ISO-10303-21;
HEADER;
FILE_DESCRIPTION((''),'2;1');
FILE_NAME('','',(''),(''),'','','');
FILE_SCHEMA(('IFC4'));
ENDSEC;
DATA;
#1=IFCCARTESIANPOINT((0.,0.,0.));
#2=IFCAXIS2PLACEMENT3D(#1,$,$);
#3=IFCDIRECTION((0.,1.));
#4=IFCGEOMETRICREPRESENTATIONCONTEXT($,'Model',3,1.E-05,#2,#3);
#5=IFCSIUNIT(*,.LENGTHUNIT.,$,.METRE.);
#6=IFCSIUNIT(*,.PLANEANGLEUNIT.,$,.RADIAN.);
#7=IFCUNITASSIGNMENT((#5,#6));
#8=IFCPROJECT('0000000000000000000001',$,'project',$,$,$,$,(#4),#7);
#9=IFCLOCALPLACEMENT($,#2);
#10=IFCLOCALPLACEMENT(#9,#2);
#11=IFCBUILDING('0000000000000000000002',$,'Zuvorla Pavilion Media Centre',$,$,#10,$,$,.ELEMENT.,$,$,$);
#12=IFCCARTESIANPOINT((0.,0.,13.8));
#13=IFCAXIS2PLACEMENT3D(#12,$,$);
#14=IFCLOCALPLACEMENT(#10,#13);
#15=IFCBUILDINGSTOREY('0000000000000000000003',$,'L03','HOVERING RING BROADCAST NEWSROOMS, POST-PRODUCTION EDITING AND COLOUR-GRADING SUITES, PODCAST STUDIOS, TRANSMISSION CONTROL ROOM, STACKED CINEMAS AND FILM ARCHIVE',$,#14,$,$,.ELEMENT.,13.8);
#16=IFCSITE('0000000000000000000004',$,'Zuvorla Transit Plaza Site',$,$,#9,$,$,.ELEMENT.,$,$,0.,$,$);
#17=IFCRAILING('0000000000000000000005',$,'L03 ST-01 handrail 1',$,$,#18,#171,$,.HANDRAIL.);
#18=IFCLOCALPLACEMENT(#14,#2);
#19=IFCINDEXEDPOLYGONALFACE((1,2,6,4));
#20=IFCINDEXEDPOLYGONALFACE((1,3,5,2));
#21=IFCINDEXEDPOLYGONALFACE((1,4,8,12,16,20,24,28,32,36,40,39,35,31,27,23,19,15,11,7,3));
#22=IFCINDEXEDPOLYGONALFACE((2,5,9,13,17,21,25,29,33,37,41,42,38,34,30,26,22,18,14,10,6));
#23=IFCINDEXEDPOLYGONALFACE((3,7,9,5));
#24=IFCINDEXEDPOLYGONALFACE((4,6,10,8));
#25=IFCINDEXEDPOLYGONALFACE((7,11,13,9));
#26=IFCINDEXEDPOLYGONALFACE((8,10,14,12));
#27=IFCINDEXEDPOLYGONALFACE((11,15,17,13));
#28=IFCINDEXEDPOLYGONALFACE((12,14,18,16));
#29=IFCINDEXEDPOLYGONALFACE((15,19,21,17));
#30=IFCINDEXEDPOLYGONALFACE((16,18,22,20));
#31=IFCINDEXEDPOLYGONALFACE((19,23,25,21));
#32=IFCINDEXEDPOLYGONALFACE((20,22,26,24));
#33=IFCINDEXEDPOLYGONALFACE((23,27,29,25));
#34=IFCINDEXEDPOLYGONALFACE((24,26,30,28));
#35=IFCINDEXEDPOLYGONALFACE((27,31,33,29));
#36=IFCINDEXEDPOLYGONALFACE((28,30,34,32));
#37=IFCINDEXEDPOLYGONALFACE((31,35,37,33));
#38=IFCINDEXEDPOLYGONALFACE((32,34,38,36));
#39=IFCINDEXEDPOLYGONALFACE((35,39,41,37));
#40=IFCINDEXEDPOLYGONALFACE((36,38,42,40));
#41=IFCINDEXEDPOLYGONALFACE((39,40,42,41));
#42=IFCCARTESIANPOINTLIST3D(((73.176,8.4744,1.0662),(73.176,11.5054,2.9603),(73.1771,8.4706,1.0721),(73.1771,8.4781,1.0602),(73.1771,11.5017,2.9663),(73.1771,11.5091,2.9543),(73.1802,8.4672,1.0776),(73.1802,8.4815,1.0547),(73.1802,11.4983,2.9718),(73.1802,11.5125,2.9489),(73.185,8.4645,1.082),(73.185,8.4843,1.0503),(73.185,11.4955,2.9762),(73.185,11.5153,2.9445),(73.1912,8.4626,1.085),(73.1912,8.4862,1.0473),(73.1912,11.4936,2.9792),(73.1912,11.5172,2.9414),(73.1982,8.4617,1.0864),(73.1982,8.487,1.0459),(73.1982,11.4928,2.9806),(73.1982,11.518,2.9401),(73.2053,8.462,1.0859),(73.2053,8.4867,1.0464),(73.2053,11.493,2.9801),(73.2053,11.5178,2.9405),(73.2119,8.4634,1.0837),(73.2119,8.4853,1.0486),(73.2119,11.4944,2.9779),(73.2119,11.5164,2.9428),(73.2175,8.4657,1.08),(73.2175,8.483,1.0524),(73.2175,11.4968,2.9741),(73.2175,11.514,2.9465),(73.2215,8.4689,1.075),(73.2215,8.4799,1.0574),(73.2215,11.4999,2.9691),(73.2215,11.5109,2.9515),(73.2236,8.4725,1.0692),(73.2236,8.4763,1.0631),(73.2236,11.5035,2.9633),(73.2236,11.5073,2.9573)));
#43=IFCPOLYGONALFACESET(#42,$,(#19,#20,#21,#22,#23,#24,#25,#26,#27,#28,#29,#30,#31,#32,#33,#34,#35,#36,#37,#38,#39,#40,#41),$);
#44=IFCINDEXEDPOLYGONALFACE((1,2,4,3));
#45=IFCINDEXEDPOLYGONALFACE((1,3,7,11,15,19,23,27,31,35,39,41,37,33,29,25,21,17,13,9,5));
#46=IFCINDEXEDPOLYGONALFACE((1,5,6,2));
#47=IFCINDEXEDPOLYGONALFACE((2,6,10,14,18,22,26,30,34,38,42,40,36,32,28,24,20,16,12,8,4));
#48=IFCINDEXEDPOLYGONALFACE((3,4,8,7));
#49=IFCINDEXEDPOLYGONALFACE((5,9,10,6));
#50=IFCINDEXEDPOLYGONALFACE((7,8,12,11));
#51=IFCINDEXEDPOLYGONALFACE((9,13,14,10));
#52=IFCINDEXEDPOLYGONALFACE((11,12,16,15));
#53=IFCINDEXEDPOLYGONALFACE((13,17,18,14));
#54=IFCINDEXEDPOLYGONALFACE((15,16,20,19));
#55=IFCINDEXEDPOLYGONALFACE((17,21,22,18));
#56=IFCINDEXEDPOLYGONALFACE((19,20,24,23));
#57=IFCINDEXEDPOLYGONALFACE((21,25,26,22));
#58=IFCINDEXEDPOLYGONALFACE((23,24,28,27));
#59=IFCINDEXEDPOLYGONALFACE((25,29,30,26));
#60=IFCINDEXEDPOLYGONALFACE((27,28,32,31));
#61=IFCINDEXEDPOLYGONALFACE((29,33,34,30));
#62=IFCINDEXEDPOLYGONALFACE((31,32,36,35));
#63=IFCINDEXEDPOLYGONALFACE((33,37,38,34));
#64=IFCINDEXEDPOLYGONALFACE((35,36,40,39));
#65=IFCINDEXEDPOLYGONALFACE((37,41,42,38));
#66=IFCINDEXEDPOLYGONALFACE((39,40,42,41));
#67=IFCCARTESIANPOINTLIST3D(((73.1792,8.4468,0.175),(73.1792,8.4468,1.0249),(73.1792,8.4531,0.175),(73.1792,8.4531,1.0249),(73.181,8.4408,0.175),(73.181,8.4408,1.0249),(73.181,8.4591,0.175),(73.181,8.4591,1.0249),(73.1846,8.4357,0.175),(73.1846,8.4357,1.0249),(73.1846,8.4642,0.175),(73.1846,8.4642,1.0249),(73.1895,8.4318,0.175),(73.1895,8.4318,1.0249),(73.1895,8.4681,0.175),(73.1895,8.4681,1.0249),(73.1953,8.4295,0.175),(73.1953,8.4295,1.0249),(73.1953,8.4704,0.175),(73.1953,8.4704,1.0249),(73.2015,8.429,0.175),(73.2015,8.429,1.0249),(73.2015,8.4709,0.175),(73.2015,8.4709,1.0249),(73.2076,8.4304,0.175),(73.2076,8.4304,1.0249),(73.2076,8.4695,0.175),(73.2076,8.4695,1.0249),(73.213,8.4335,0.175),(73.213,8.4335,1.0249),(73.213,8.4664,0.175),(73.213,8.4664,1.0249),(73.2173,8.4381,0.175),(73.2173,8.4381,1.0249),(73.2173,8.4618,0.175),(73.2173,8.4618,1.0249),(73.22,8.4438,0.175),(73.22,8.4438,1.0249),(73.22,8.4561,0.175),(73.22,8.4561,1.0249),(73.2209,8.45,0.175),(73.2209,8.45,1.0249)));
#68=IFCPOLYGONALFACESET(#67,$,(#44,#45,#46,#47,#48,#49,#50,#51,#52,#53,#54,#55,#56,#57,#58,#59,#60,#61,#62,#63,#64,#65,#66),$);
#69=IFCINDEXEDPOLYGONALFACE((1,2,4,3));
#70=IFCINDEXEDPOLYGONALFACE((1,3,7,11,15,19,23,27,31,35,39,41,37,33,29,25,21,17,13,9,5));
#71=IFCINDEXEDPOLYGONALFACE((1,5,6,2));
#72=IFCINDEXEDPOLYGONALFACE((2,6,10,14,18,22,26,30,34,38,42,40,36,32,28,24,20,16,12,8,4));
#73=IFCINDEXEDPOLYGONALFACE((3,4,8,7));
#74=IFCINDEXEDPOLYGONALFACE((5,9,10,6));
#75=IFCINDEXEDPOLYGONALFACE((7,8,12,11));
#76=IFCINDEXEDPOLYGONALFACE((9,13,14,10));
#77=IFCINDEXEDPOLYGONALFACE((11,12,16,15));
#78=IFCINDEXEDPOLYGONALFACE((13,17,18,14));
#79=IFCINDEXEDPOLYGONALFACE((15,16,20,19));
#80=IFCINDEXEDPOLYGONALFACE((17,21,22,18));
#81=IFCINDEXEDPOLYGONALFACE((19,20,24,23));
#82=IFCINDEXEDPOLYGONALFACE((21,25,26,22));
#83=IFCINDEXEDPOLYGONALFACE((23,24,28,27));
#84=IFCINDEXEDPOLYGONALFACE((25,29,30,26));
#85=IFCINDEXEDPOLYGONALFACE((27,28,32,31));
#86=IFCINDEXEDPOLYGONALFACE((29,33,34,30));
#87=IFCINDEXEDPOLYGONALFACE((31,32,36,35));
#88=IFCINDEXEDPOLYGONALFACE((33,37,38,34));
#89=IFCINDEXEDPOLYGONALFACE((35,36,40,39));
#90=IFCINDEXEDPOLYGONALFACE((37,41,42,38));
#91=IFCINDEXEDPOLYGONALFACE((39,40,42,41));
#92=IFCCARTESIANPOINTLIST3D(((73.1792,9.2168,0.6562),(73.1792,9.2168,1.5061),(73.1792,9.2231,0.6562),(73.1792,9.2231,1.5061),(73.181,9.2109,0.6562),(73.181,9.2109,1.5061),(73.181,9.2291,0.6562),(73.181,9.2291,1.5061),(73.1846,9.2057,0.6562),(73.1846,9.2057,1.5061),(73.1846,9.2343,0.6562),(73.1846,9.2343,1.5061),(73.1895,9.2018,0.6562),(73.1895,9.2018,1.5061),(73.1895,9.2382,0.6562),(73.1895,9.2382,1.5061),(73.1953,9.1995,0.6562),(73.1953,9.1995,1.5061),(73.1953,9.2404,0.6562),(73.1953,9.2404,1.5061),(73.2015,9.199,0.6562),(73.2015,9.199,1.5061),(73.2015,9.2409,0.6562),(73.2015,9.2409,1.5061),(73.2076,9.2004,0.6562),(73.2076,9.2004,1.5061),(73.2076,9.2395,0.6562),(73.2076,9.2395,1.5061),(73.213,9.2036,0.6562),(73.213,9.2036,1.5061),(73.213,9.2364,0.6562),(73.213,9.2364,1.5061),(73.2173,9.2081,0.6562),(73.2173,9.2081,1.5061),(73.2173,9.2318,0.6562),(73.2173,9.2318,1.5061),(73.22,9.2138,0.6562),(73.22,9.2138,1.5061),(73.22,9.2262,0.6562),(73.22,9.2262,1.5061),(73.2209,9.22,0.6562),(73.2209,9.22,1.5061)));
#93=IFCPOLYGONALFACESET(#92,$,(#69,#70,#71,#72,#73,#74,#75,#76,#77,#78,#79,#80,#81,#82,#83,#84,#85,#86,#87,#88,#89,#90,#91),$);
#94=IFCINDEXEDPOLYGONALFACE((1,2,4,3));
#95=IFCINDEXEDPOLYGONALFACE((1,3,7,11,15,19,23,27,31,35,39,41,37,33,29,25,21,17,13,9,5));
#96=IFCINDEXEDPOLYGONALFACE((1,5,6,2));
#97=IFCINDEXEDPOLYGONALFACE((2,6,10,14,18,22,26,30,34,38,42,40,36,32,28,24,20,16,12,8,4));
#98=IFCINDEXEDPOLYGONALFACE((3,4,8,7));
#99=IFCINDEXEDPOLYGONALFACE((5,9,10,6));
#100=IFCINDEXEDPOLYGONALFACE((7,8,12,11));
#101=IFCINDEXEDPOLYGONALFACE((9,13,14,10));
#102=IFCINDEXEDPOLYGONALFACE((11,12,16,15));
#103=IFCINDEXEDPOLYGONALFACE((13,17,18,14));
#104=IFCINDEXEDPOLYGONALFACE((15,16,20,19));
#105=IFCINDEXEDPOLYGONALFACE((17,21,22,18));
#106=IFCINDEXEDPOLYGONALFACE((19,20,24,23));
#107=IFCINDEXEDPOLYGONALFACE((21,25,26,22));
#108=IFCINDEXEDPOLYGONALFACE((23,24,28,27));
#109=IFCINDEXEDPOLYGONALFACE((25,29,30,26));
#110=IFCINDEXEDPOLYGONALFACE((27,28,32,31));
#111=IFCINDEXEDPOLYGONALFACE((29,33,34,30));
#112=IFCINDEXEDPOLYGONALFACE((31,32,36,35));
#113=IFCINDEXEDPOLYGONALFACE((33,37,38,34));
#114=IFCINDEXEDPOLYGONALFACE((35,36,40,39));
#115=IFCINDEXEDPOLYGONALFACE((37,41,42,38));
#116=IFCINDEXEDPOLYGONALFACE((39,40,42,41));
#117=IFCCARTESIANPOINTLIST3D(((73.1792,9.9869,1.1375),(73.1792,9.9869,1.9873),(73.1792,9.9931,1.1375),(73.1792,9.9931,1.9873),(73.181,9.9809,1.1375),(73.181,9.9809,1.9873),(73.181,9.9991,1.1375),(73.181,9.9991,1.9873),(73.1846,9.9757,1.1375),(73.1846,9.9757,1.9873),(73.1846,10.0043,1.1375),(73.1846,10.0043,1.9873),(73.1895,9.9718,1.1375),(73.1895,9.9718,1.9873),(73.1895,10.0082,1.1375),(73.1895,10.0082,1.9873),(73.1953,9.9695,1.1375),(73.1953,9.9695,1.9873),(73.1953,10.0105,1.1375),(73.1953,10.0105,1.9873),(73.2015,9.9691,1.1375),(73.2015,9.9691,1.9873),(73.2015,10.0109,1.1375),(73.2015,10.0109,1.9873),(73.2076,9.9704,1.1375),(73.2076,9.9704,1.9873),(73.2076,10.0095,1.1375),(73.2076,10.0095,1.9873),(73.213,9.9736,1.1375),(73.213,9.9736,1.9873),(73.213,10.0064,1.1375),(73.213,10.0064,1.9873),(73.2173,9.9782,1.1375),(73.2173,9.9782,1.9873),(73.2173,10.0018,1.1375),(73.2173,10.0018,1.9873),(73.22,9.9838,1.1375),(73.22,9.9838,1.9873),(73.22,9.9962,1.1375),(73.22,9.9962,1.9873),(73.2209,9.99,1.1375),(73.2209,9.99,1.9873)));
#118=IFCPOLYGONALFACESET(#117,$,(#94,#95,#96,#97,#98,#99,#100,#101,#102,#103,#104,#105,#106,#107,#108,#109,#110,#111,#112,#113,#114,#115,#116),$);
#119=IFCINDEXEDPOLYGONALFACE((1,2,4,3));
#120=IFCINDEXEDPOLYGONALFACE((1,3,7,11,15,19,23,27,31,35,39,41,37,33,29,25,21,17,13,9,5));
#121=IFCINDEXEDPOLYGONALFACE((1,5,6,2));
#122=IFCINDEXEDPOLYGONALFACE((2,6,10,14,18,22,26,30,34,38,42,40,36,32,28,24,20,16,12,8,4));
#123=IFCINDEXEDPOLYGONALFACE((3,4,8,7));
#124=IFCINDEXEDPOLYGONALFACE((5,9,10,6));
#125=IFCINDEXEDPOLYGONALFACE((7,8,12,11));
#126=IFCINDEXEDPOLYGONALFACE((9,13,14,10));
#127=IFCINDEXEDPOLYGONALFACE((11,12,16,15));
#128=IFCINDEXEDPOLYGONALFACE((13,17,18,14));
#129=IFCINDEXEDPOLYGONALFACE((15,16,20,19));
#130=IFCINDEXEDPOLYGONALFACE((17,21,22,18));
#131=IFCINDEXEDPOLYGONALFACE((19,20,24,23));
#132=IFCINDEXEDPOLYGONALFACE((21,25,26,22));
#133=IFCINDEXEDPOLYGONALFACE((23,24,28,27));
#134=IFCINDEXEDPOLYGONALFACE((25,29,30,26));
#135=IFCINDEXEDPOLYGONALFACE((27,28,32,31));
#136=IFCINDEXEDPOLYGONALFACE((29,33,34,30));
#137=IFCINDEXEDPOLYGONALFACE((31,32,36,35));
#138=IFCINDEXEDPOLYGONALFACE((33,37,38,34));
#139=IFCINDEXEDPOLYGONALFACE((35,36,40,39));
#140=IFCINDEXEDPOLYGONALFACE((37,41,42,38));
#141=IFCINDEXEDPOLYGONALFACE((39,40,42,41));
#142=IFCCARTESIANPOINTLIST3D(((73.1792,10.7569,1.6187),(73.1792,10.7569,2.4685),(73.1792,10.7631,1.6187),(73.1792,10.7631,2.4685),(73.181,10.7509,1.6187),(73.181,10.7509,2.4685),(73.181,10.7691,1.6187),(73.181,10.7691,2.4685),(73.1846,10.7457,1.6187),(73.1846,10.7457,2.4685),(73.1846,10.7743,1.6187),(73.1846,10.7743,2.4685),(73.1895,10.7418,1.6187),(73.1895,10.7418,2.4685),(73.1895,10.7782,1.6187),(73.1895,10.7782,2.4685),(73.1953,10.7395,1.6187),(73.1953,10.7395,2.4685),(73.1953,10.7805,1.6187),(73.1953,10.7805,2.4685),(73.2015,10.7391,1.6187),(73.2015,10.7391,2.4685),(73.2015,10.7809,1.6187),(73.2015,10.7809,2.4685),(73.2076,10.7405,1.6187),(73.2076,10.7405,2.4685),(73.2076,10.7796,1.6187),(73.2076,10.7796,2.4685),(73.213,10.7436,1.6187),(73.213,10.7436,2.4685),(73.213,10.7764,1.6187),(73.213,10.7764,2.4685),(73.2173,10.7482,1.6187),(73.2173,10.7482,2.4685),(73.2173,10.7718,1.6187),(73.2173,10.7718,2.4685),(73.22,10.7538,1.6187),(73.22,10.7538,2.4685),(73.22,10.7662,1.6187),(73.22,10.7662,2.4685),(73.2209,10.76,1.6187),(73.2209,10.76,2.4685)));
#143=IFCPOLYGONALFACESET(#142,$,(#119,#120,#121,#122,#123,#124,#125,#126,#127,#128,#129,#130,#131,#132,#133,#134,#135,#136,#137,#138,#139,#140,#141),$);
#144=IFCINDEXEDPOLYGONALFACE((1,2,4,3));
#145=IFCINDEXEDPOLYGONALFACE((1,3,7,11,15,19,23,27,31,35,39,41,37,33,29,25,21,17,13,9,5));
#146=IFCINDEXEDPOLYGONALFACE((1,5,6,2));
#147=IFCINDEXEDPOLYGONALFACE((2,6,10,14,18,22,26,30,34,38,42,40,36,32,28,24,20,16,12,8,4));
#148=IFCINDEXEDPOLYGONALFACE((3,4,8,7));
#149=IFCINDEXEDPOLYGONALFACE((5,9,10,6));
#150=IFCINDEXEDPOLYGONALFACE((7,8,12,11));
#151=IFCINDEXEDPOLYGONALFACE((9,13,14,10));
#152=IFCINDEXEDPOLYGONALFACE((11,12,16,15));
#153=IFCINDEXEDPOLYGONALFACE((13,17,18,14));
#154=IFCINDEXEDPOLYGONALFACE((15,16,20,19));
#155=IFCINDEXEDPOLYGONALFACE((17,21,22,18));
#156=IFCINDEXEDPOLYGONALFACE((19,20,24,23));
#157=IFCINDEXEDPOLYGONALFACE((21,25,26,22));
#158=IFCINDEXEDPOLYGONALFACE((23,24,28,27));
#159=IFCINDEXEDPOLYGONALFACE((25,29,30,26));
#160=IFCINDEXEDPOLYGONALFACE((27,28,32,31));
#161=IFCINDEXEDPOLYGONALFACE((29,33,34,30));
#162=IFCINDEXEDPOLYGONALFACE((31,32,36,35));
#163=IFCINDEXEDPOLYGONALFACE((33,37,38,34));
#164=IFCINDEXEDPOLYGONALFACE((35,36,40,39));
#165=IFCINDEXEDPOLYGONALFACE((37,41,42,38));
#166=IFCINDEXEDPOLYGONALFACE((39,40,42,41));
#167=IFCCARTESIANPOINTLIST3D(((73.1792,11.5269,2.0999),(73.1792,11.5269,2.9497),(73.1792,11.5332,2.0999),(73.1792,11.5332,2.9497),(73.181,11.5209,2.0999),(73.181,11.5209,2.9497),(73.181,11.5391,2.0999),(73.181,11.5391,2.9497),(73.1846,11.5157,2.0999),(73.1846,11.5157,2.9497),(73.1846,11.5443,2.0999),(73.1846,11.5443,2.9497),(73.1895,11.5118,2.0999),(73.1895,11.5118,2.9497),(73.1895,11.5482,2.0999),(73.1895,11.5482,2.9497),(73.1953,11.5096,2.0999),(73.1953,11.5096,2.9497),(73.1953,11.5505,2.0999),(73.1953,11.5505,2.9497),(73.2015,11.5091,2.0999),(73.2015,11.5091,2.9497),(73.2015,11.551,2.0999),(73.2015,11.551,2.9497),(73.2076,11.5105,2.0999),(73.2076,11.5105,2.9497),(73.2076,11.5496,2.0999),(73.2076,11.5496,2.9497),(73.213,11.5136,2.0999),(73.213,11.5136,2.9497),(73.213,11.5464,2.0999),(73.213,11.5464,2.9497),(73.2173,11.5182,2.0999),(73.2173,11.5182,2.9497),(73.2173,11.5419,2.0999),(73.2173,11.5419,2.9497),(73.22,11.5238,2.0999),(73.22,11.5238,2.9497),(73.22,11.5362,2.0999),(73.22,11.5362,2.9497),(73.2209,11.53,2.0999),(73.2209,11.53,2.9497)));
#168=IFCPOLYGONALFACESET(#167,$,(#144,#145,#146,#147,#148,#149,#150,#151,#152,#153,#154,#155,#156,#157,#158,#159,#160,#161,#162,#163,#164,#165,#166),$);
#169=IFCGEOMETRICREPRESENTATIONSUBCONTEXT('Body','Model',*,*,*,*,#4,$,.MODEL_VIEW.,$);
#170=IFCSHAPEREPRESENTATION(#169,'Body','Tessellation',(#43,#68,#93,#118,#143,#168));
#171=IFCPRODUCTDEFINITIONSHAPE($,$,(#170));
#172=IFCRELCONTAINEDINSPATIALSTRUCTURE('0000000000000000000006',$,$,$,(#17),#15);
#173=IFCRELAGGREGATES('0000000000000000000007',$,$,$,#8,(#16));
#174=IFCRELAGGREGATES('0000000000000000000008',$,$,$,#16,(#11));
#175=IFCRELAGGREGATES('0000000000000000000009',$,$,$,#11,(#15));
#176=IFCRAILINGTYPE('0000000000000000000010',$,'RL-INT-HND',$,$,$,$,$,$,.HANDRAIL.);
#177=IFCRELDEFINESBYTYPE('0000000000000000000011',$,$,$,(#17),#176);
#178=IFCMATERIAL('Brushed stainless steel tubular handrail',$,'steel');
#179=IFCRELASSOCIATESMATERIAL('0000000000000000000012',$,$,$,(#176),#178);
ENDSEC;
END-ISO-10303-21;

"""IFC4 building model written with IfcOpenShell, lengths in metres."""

from ifc_helpers import new_model, si_unit, direction, frame, origin, origin_2d, place, context, subcontext, project, spatial, circle, extrude, material, type_object, element, save


model = new_model("IFC4")

# Units and contexts
model_context = context("Model", 3, precision=1e-05, world=origin(), true_north=direction((0.0, 1.0)))
body_context = subcontext(model_context, "Body", "Model", "MODEL_VIEW")
ifc_project = project(units=[si_unit("LENGTHUNIT", "METRE"), si_unit("PLANEANGLEUNIT", "RADIAN")], contexts=[model_context])

# Site, building, storey
site_placement = place(None, origin())
site = spatial("IfcSite", under=ifc_project, at=site_placement, Name="Zuvorla Transit Plaza Site", CompositionType="ELEMENT", RefElevation=0.0)
building_placement = place(site_placement, origin())
building = spatial("IfcBuilding", under=site, at=building_placement, Name="Zuvorla Pavilion Media Centre", CompositionType="ELEMENT")
storey_placement = place(building_placement, frame((0.0, 0.0, 13.8)))
storey = spatial("IfcBuildingStorey", under=building, at=storey_placement, Name="L03", Description="HOVERING RING BROADCAST NEWSROOMS, POST-PRODUCTION EDITING AND COLOUR-GRADING SUITES, PODCAST STUDIOS, TRANSMISSION CONTROL ROOM, STACKED CINEMAS AND FILM ARCHIVE", CompositionType="ELEMENT", Elevation=13.8)

# Railing
ifc_material_1 = material(Name="Brushed stainless steel tubular handrail", Category="steel")
railing_type_1 = type_object("IfcRailingType", Name="RL-INT-HND", PredefinedType="HANDRAIL", material=ifc_material_1)
railing_1_placement = place(storey_placement, frame((73.2, 8.45, 0.175)))
element("IfcRailing", 1, at=railing_1_placement, inside=storey, type_object=railing_type_1, Name="L03 ST-01 handrail 1", PredefinedType="HANDRAIL", context=body_context, shape_type="SweptSolid", body=[
    extrude(circle(Radius=0.0239, at=origin_2d()), frame((0.0, 0.0244, 0.8911), z_axis=(0.0, 0.848029, 0.529951), x_axis=(-1.0, 0.0, 0.0)), (0.0, 0.0, 1.0), 3.5742),
    extrude(circle(Radius=0.021, at=origin_2d()), origin(), (0.0, 0.0, 1.0), 0.8499),
    extrude(circle(Radius=0.021, at=origin_2d()), frame((0.0, 0.77, 0.4812)), (0.0, 0.0, 1.0), 0.8499),
    extrude(circle(Radius=0.021, at=origin_2d()), frame((0.0, 1.54, 0.9624)), (0.0, 0.0, 1.0), 0.8499),
    extrude(circle(Radius=0.021, at=origin_2d()), frame((0.0, 2.3101, 1.4436)), (0.0, 0.0, 1.0), 0.8499),
    extrude(circle(Radius=0.021, at=origin_2d()), frame((0.0, 3.0801, 1.9248)), (0.0, 0.0, 1.0), 0.8499),
])

save(model, "model.ifc")
